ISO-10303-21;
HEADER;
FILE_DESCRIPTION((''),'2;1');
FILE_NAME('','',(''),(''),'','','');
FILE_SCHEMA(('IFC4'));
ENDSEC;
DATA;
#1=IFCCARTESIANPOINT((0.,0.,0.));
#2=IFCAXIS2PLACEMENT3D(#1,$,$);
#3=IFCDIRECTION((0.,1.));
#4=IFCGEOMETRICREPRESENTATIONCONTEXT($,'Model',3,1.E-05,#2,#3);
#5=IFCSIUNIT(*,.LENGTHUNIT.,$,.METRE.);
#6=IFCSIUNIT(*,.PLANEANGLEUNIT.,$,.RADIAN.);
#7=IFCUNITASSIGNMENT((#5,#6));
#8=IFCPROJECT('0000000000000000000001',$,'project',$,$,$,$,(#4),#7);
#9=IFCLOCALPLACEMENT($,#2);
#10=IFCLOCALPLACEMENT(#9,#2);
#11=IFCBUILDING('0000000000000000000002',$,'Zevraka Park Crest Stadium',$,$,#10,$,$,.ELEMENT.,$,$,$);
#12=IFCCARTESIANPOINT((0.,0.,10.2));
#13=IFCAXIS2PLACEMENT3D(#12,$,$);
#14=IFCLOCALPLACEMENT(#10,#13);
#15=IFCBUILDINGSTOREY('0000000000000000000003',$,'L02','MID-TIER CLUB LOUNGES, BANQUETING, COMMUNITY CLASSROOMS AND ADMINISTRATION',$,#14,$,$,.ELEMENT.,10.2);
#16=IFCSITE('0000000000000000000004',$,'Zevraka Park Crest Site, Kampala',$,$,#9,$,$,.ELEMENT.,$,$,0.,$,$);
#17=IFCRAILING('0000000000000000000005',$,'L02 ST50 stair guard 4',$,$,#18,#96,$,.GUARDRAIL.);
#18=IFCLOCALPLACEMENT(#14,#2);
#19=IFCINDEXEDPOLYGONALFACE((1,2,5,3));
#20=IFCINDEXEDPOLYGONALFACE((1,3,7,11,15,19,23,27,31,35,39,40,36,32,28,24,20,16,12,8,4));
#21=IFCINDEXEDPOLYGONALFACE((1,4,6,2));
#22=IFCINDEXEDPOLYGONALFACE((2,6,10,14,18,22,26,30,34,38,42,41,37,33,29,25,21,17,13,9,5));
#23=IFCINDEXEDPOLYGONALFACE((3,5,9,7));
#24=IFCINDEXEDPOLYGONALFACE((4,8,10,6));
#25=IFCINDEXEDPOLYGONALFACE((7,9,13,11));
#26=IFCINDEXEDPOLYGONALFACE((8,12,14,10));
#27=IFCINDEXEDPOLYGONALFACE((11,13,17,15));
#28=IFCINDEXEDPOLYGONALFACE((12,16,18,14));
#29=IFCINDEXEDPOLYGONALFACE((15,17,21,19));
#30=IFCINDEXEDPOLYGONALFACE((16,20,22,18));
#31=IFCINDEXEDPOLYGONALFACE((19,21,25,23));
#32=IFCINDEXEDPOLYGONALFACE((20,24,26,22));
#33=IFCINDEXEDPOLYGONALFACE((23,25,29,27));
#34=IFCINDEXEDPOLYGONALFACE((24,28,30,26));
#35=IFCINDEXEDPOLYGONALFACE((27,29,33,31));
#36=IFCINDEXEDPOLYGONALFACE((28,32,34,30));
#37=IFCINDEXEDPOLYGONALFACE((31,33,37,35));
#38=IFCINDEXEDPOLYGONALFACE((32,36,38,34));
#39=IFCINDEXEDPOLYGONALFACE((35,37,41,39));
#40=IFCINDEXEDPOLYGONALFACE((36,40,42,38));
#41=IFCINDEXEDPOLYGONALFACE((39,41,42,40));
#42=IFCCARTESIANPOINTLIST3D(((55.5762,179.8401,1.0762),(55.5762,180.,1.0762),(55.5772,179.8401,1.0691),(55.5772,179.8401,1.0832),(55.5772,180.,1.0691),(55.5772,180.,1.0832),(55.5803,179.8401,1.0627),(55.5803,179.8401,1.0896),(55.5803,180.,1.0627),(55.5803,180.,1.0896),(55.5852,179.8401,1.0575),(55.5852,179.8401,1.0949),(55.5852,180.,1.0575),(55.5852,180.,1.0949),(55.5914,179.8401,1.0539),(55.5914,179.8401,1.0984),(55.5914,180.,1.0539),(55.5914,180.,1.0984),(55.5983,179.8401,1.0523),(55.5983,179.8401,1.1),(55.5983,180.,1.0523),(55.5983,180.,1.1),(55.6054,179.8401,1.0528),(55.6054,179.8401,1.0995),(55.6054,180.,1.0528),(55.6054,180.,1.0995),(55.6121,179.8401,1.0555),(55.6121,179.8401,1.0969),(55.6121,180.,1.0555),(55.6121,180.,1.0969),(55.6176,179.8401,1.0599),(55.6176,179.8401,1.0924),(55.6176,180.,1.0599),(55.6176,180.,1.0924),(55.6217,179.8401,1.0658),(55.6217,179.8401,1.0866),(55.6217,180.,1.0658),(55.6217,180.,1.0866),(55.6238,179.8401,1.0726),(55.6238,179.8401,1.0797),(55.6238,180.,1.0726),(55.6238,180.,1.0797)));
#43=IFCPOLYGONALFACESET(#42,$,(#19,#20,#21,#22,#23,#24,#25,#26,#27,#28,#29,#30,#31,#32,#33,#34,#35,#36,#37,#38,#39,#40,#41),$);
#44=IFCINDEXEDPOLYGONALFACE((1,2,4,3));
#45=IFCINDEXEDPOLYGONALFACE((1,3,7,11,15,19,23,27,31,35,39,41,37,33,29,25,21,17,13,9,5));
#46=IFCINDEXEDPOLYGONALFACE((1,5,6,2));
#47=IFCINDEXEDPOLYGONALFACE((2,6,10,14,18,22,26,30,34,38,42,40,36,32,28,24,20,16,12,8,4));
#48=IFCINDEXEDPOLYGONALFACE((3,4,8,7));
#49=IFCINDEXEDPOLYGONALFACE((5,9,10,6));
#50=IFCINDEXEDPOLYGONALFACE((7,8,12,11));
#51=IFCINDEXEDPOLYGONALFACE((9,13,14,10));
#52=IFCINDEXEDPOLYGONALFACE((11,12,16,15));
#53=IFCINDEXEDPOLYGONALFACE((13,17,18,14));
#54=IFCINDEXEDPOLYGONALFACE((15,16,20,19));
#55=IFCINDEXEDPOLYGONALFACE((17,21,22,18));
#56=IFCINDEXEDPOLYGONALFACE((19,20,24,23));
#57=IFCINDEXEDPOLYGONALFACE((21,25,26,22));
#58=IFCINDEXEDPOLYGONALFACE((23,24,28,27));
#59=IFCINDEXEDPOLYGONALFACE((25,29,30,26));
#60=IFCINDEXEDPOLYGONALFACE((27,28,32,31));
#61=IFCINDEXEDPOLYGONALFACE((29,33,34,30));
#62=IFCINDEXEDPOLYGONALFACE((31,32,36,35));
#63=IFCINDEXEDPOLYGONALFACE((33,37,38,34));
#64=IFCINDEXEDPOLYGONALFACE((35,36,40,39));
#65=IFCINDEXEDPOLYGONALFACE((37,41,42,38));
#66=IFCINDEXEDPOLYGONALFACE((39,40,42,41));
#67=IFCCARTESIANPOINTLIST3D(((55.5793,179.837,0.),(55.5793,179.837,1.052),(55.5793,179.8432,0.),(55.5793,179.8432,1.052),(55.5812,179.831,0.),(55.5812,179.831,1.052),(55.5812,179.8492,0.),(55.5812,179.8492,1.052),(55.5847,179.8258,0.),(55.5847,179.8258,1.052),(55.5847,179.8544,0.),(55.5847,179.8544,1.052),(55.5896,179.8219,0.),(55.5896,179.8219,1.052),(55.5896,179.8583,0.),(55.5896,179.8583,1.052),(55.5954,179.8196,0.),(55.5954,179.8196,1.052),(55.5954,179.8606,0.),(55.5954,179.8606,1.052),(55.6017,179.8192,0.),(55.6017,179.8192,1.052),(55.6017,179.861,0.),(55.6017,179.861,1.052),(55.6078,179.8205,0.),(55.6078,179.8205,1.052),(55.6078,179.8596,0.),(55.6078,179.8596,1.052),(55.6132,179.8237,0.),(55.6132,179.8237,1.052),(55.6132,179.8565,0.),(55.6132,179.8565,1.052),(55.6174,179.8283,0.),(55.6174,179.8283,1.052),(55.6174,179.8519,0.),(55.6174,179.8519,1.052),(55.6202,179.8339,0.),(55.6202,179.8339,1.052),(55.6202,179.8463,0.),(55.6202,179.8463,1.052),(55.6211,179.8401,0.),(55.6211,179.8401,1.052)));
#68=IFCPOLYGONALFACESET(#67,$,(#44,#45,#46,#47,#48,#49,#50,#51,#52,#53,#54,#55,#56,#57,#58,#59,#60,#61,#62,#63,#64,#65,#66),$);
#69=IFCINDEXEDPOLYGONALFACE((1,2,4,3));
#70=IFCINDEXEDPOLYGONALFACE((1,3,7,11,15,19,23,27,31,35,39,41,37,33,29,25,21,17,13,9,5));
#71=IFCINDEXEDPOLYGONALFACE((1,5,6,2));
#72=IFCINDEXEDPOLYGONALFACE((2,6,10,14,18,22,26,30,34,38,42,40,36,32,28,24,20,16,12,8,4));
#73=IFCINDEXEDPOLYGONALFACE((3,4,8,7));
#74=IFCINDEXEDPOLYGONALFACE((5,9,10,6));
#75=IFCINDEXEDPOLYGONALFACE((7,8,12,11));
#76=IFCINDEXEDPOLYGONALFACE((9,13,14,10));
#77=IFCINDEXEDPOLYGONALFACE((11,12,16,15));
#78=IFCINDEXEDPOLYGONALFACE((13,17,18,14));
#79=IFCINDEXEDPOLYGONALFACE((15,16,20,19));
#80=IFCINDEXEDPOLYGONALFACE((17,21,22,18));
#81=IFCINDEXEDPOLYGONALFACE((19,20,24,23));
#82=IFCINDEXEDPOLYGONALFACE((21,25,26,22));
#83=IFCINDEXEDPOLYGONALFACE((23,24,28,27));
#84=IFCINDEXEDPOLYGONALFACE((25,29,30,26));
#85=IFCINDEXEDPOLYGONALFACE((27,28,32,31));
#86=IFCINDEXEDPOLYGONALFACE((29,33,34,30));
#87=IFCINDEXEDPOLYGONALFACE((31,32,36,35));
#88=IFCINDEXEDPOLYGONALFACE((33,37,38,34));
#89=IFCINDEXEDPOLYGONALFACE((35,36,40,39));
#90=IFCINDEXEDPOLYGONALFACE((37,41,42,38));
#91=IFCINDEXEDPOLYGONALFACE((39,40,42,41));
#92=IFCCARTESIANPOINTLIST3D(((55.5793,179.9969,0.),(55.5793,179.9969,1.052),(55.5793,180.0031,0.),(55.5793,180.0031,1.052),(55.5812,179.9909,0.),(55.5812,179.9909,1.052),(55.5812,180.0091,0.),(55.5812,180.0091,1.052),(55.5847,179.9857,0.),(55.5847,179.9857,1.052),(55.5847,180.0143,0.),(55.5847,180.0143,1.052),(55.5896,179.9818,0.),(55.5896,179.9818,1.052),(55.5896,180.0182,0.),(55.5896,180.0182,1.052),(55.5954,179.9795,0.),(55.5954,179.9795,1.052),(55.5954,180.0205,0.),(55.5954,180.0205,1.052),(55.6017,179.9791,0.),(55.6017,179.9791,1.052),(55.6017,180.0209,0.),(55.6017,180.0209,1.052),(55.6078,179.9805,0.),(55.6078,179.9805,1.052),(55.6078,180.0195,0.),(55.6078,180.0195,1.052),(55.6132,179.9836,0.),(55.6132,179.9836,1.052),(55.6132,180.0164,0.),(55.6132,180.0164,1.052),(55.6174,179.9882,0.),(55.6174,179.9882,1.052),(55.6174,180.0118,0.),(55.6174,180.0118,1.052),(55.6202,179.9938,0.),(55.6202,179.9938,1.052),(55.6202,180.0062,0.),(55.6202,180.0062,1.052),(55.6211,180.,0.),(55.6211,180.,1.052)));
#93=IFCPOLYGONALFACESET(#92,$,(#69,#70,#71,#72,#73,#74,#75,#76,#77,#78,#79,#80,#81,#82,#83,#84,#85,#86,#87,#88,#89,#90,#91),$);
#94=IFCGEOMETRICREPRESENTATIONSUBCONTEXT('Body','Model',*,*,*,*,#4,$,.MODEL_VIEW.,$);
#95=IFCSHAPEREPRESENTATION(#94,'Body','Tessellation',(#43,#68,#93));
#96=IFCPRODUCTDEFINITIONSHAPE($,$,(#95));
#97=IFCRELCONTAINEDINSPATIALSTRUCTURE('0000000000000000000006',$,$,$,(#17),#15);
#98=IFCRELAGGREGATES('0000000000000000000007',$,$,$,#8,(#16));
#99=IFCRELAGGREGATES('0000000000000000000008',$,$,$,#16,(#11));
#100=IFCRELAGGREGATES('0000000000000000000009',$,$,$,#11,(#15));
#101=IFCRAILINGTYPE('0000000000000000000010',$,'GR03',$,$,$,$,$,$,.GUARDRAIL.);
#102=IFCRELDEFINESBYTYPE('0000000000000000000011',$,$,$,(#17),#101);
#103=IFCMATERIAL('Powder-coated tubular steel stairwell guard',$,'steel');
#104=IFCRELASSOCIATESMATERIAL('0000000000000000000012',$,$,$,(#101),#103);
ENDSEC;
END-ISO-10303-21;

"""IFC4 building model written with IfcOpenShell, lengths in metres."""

from ifc_helpers import new_model, si_unit, direction, frame, origin, origin_2d, place, context, subcontext, project, spatial, circle, extrude, material, type_object, element, save


model = new_model("IFC4")

# Units and contexts
model_context = context("Model", 3, precision=1e-05, world=origin(), true_north=direction((0.0, 1.0)))
body_context = subcontext(model_context, "Body", "Model", "MODEL_VIEW")
ifc_project = project(units=[si_unit("LENGTHUNIT", "METRE"), si_unit("PLANEANGLEUNIT", "RADIAN")], contexts=[model_context])

# Site, building, storey
site_placement = place(None, origin())
site = spatial("IfcSite", under=ifc_project, at=site_placement, Name="Zevraka Park Crest Site, Kampala", CompositionType="ELEMENT", RefElevation=0.0)
building_placement = place(site_placement, origin())
building = spatial("IfcBuilding", under=site, at=building_placement, Name="Zevraka Park Crest Stadium", CompositionType="ELEMENT")
storey_placement = place(building_placement, frame((0.0, 0.0, 10.2)))
storey = spatial("IfcBuildingStorey", under=building, at=storey_placement, Name="L02", Description="MID-TIER CLUB LOUNGES, BANQUETING, COMMUNITY CLASSROOMS AND ADMINISTRATION", CompositionType="ELEMENT", Elevation=10.2)

# Railing
ifc_material_1 = material(Name="Powder-coated tubular steel stairwell guard", Category="steel")
railing_type_1 = type_object("IfcRailingType", Name="GR03", PredefinedType="GUARDRAIL", material=ifc_material_1)
railing_1_placement = place(storey_placement, frame((55.6001, 179.8401, 0.0)))
element("IfcRailing", 1, at=railing_1_placement, inside=storey, type_object=railing_type_1, Name="L02 ST50 stair guard 4", PredefinedType="GUARDRAIL", context=body_context, shape_type="SweptSolid", body=[
    extrude(circle(Radius=0.0239, at=origin_2d()), frame((0.0, 0.0, 1.0762), z_axis=(0.0, 1.0, 0.0), x_axis=(-1.0, 0.0, 0.0)), (0.0, 0.0, 1.0), 0.1599),
    extrude(circle(Radius=0.021, at=origin_2d()), origin(), (0.0, 0.0, 1.0), 1.052),
    extrude(circle(Radius=0.021, at=origin_2d()), frame((0.0, 0.1599, 0.0)), (0.0, 0.0, 1.0), 1.052),
])

save(model, "model.ifc")
